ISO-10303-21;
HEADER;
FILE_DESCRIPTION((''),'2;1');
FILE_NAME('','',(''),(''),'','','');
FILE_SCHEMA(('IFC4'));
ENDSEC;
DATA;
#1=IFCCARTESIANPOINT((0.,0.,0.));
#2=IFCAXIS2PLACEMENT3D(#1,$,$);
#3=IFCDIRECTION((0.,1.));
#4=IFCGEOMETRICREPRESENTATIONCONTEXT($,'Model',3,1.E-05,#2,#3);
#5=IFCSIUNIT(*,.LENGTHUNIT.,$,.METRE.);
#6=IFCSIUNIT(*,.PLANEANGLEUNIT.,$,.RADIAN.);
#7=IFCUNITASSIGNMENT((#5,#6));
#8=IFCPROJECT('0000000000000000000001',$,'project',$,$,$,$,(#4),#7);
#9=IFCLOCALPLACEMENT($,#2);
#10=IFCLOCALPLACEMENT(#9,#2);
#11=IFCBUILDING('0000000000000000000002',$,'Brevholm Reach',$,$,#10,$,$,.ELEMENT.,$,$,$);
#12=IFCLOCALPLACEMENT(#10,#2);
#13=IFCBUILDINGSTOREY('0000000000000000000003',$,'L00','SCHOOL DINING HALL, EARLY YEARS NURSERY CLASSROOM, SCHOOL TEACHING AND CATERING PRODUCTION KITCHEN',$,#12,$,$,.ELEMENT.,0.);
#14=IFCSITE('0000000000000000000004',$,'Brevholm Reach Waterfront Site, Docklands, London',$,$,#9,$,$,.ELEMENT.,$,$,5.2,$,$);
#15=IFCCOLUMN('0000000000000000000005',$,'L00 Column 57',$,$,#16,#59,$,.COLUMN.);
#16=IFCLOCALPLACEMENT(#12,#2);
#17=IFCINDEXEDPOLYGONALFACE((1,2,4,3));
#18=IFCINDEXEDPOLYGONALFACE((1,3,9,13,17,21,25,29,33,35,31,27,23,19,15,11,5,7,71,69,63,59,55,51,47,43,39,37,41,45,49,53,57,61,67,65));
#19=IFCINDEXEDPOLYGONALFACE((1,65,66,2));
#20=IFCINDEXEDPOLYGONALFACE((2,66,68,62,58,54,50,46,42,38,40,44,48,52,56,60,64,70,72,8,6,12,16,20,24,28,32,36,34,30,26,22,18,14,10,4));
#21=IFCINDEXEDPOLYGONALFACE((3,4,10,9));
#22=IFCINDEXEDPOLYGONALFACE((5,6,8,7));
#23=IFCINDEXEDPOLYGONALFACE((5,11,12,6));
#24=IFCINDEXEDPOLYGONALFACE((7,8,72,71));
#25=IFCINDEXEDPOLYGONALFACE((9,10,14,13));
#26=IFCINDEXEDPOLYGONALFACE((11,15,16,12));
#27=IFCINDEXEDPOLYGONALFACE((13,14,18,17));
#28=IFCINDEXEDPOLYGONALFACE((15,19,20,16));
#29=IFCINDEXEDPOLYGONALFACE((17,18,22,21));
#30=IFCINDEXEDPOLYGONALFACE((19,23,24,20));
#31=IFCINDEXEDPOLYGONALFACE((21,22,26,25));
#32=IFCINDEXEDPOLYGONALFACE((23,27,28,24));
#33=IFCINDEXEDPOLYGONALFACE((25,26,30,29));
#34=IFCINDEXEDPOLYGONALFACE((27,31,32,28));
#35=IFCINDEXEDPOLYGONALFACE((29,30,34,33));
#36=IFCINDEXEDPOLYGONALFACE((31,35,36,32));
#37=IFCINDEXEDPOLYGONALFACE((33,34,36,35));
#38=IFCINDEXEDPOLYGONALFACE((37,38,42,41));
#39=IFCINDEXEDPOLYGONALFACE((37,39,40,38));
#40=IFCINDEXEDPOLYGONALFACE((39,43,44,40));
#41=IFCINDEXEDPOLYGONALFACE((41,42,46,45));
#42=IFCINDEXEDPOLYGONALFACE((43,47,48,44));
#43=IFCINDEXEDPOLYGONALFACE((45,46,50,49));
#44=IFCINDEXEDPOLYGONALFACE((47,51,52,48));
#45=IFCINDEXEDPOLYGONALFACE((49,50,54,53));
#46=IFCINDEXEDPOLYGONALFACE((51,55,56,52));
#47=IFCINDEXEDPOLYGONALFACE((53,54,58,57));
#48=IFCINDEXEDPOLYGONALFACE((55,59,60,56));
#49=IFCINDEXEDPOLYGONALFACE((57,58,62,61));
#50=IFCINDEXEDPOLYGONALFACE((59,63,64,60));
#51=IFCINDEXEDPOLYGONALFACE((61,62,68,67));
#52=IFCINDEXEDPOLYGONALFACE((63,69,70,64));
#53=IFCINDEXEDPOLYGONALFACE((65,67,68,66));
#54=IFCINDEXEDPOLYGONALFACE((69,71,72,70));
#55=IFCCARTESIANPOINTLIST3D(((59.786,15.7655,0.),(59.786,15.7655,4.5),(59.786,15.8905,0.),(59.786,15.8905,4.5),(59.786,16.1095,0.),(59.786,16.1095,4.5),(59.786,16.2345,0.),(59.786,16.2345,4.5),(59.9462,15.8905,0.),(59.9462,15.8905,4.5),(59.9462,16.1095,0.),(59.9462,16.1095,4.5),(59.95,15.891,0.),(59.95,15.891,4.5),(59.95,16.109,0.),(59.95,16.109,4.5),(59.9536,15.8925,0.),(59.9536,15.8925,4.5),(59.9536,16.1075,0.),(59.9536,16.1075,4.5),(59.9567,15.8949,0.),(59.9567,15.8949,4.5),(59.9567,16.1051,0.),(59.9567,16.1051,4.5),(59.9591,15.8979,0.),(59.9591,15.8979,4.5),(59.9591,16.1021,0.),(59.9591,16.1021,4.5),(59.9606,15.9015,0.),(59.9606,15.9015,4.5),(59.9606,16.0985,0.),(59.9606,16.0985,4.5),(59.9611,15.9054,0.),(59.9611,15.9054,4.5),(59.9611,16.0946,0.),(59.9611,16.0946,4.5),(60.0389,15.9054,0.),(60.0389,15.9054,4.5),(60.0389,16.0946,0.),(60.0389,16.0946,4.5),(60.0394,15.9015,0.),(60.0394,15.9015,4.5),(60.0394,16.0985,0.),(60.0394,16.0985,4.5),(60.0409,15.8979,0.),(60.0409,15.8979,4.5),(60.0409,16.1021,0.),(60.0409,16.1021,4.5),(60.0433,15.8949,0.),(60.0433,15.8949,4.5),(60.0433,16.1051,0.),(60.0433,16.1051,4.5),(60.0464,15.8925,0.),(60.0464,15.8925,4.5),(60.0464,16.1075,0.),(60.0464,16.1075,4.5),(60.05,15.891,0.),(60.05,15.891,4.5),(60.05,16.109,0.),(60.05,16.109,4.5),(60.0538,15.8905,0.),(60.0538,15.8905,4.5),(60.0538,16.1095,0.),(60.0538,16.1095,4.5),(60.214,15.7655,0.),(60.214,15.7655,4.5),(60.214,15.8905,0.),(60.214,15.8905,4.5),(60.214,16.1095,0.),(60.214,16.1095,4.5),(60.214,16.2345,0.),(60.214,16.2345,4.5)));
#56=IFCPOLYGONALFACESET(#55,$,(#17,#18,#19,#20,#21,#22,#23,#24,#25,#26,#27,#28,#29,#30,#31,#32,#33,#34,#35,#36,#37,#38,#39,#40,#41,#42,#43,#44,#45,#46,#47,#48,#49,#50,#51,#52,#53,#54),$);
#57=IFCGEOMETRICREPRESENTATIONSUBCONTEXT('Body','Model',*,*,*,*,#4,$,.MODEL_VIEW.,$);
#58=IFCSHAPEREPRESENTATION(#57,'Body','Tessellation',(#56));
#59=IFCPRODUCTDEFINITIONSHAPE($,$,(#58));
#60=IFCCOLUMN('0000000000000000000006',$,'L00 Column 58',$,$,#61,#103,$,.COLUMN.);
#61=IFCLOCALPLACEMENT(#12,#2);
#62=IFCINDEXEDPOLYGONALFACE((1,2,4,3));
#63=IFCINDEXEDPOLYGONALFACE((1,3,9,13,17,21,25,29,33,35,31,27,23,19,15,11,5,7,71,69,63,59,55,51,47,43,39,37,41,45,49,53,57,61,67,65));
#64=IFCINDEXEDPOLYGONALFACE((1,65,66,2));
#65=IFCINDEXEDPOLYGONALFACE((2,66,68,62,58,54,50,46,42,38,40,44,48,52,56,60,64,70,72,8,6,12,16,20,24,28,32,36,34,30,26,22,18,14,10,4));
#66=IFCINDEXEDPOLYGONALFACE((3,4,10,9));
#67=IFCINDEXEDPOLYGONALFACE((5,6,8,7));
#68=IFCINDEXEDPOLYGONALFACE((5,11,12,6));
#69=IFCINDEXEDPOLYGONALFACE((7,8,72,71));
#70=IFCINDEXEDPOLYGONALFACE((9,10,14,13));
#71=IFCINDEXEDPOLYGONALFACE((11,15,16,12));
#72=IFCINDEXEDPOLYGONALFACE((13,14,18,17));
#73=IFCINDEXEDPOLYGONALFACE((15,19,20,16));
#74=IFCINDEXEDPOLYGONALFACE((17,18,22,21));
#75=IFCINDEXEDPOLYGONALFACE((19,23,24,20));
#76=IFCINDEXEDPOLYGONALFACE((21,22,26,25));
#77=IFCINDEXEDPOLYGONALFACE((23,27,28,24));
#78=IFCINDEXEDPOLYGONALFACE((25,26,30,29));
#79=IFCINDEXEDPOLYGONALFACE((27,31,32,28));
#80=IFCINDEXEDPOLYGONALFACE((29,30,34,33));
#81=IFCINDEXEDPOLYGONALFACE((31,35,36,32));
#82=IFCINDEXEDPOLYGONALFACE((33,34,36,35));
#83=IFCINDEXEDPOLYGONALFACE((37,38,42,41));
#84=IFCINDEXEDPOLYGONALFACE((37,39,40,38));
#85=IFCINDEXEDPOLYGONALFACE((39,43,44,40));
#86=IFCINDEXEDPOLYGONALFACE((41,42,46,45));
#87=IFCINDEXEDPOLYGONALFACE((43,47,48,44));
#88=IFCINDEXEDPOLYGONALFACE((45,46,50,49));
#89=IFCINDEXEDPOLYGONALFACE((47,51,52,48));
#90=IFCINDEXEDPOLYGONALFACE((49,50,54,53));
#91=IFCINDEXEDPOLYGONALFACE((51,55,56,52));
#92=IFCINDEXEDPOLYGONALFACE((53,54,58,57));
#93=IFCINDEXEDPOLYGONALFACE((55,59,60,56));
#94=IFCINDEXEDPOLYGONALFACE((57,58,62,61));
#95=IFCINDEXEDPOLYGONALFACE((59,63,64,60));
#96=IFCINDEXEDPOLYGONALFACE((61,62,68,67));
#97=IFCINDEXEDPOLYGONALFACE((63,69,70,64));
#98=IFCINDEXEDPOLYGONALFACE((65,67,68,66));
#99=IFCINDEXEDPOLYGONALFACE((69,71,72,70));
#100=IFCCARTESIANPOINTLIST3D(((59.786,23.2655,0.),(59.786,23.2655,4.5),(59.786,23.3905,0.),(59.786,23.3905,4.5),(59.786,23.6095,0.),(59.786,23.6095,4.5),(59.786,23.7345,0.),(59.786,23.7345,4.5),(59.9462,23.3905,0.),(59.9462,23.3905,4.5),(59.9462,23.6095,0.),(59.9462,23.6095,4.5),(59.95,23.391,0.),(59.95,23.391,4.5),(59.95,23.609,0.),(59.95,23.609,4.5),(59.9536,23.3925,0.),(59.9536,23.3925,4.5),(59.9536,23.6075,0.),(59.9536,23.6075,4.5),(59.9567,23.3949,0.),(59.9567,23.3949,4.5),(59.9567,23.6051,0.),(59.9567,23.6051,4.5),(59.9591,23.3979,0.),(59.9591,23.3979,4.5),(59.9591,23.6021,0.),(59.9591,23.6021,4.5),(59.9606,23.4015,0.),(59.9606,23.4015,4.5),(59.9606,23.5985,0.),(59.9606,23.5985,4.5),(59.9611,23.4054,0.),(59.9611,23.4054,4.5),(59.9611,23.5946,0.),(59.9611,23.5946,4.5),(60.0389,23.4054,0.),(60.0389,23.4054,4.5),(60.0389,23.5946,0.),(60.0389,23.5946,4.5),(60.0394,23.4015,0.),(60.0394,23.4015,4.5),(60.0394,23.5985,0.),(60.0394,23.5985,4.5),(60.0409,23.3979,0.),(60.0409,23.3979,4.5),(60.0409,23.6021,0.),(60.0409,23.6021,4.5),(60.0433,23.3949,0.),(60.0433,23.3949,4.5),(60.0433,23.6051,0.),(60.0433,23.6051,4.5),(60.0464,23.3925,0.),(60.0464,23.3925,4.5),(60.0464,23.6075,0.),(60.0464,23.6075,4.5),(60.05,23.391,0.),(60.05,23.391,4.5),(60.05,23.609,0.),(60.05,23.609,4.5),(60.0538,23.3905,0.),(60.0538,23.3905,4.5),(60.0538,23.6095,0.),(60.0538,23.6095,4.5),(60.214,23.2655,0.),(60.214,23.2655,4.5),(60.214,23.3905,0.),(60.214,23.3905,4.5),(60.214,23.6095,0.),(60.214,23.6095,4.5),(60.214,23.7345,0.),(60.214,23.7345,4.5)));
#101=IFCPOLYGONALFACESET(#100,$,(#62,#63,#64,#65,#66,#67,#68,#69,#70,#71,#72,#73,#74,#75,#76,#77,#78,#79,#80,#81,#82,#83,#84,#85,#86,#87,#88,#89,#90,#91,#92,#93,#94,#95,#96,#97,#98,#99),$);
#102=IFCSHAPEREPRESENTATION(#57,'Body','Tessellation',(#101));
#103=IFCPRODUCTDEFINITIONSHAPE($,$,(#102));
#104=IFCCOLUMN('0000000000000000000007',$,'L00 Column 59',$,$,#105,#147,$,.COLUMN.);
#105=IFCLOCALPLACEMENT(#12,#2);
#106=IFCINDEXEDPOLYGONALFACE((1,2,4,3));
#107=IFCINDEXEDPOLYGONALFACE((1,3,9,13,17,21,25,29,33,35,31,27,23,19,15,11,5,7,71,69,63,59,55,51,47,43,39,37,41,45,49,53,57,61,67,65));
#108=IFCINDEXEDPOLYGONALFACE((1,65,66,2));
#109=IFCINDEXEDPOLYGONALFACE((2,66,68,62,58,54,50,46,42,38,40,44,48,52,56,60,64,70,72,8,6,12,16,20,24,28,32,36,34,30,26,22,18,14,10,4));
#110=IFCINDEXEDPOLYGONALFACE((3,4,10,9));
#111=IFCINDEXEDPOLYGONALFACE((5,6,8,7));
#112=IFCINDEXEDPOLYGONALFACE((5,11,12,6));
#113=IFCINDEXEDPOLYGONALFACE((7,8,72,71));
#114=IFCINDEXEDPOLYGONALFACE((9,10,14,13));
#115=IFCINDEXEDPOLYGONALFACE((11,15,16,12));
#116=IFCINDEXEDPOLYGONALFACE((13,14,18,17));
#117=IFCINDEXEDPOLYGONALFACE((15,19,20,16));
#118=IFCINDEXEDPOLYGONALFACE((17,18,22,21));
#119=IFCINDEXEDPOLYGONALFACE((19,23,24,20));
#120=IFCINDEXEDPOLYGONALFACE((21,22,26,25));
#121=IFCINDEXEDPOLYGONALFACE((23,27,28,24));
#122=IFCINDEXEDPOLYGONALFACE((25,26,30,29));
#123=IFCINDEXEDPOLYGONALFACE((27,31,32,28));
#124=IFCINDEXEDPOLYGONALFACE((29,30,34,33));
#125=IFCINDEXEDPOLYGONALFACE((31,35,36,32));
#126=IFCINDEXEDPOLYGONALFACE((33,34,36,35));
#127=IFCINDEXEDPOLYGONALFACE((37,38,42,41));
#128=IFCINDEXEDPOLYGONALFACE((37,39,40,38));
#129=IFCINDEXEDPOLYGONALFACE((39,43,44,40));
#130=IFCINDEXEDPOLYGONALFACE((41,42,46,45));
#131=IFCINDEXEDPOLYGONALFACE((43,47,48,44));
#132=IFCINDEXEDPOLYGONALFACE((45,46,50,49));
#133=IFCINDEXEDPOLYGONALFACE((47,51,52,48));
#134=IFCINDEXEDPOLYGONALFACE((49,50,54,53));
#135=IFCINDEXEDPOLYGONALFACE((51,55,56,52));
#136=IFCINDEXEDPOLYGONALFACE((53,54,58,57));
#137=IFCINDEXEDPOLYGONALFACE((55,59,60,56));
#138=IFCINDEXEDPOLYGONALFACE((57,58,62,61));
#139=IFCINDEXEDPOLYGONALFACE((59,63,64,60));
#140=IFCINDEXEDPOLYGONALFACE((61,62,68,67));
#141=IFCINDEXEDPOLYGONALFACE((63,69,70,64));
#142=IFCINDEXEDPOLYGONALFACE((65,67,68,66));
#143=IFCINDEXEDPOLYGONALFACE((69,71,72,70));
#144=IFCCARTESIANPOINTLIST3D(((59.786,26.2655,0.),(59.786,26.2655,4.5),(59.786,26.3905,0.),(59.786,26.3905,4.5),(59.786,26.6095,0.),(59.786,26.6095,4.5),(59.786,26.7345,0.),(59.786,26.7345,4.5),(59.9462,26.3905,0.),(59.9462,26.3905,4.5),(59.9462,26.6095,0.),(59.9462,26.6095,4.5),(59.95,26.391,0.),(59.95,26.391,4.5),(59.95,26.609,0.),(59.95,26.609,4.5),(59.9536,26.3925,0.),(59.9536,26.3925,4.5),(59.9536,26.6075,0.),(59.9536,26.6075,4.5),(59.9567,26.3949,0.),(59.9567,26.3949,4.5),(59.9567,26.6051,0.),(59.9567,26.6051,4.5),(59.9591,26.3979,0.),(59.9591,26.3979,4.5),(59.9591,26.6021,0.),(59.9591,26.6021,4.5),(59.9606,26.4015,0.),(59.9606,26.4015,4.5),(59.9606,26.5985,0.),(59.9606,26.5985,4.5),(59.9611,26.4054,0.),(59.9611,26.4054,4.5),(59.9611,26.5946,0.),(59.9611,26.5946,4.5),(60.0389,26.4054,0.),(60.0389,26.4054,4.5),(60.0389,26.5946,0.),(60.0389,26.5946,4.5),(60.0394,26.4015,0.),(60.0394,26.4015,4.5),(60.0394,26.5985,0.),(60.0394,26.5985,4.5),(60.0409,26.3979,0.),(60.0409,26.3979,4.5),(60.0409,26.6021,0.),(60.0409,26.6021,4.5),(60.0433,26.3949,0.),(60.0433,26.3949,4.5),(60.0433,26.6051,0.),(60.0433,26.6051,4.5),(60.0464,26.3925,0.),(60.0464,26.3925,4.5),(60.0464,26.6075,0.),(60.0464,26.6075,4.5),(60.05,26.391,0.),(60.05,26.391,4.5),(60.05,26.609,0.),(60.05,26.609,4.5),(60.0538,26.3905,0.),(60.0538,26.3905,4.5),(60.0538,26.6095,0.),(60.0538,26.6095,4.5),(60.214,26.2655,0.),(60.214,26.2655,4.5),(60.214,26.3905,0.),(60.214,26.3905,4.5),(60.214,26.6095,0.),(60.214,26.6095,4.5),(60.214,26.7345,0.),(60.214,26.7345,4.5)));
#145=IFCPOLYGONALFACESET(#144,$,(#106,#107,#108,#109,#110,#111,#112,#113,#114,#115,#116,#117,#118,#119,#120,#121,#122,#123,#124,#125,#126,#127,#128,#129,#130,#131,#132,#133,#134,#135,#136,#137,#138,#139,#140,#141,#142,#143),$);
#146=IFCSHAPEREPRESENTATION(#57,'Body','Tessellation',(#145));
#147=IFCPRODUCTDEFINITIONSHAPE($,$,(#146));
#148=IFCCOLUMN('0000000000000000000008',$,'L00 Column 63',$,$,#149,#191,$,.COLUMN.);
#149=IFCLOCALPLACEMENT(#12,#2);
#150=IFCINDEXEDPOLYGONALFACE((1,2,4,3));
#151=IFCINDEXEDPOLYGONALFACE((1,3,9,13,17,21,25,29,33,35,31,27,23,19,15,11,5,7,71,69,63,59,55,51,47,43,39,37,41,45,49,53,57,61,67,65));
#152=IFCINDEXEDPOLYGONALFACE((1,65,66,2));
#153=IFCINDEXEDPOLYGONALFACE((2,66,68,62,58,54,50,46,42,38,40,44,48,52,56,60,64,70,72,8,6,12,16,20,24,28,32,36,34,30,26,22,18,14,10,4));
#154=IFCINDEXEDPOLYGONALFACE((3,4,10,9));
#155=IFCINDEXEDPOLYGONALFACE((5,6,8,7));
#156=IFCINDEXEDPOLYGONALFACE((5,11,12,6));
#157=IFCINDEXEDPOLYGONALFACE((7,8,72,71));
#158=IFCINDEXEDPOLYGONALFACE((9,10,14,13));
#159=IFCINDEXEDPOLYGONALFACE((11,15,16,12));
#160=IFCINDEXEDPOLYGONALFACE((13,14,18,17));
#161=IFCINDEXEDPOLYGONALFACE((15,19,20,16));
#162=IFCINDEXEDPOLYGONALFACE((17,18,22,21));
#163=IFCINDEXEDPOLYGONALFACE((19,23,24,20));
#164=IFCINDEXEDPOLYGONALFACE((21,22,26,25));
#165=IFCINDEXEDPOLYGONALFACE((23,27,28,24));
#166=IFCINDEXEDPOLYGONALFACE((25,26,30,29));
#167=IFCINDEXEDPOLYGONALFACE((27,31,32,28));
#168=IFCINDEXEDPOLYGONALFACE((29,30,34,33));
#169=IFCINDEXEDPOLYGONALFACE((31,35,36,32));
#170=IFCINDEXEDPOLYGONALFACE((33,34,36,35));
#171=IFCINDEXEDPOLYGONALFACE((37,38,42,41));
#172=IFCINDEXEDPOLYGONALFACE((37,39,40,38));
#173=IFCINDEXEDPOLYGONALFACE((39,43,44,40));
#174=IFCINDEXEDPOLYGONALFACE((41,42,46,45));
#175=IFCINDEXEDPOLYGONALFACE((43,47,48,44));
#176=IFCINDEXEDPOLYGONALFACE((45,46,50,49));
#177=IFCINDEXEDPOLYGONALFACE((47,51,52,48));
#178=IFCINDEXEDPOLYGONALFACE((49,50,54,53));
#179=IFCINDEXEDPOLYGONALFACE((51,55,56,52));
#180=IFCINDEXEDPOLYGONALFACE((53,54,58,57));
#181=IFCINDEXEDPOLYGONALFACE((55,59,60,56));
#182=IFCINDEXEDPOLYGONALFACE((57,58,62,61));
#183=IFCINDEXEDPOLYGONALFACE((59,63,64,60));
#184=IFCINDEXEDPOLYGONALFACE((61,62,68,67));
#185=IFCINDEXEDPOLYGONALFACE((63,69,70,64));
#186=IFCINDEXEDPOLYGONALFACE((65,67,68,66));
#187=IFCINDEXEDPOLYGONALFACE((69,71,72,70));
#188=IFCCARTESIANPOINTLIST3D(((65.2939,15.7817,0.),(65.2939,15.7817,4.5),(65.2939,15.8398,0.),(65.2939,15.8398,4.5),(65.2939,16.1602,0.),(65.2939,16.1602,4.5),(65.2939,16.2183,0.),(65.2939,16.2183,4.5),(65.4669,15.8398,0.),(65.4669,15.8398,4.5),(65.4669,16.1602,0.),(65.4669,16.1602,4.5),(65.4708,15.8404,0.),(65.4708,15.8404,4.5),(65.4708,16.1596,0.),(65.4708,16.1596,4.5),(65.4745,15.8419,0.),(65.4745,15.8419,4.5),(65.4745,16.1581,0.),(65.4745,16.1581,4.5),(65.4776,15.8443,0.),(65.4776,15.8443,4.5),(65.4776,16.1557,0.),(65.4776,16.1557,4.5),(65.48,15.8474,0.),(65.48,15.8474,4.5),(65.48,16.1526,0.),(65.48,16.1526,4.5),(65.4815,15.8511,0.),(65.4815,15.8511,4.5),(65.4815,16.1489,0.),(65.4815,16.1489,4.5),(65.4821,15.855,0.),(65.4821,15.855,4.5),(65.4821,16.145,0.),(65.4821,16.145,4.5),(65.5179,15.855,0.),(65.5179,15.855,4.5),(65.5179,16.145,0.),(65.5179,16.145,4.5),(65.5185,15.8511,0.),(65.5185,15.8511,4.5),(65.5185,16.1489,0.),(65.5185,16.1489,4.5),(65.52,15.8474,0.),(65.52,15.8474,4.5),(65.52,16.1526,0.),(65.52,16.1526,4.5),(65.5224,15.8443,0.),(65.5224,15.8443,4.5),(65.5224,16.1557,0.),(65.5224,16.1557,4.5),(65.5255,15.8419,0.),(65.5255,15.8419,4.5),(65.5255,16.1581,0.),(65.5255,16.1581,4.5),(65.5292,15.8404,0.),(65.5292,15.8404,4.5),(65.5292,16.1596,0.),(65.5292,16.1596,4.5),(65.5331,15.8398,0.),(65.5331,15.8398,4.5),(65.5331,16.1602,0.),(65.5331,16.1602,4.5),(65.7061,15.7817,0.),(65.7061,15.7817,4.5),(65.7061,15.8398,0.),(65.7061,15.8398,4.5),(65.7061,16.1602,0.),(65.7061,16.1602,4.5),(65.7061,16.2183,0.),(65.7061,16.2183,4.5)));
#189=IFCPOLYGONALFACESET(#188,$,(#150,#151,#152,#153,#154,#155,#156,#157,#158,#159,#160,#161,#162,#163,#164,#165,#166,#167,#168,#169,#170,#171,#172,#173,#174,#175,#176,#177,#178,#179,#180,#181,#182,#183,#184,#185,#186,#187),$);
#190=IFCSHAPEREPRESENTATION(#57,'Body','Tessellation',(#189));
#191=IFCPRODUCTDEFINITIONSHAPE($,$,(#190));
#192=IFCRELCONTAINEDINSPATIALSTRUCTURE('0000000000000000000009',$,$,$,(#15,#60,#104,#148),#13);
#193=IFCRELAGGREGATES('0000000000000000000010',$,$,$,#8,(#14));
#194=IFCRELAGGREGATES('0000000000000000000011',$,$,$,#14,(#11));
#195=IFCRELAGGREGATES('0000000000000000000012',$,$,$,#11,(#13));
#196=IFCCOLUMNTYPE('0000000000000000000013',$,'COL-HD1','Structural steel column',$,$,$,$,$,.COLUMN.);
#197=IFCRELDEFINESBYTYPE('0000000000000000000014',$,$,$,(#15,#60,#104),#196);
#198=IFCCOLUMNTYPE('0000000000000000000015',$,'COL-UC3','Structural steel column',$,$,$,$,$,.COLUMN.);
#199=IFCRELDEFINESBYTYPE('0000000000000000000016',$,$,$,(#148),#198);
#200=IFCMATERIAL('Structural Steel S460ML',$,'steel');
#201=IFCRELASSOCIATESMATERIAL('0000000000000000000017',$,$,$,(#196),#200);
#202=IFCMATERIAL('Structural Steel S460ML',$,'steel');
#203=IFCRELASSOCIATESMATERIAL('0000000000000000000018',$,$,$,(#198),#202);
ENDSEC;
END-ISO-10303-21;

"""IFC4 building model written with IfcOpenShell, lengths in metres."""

from ifc_helpers import new_model, si_unit, direction, frame, origin, origin_2d, place, context, subcontext, project, spatial, i_section, extrude, material, material_profile, profile_set, type_object, element, save


model = new_model("IFC4")

# Units and contexts
model_context = context("Model", 3, precision=1e-05, world=origin(), true_north=direction((0.0, 1.0)))
body_context = subcontext(model_context, "Body", "Model", "MODEL_VIEW")
ifc_project = project(units=[si_unit("LENGTHUNIT", "METRE"), si_unit("PLANEANGLEUNIT", "RADIAN")], contexts=[model_context])

# Site, building, storey
site_placement = place(None, origin())
site = spatial("IfcSite", under=ifc_project, at=site_placement, Name="Brevholm Reach Waterfront Site, Docklands, London", CompositionType="ELEMENT", RefElevation=5.2)
building_placement = place(site_placement, origin())
building = spatial("IfcBuilding", under=site, at=building_placement, Name="Brevholm Reach", CompositionType="ELEMENT")
storey_placement = place(building_placement, origin())
storey = spatial("IfcBuildingStorey", under=building, at=storey_placement, Name="L00", Description="SCHOOL DINING HALL, EARLY YEARS NURSERY CLASSROOM, SCHOOL TEACHING AND CATERING PRODUCTION KITCHEN", CompositionType="ELEMENT", Elevation=0.0)

# Columns
ifc_material_1 = material(Name="Structural Steel S460ML", Category="steel")
ifc_material_profile_1 = material_profile(ifc_material_1, i_section(OverallWidth=0.428, OverallDepth=0.469, WebThickness=0.0779, FlangeThickness=0.125, FilletRadius=0.0149, at=origin_2d()), Name="HD 400x1086")
ifc_profile_set_1 = profile_set([ifc_material_profile_1], Name="Structural Steel S460ML")
column_type_1 = type_object("IfcColumnType", Name="COL-HD1", Description="Structural steel column", PredefinedType="COLUMN", material=ifc_profile_set_1)
for number, where, z_axis, x_axis, name in (
    (1, (60.0, 16.0, 0.0), (0.0, 0.0, 1.0), (1.0, 0.0, 0.0), "L00 Column 57"),
    (2, (60.0, 23.5, 0.0), (0.0, 0.0, 1.0), (1.0, 0.0, 0.0), "L00 Column 58"),
    (3, (60.0, 26.5, 0.0), (0.0, 0.0, 1.0), (1.0, 0.0, 0.0), "L00 Column 59"),
):
    element("IfcColumn", number, at=place(storey_placement, frame(where, z_axis=z_axis, x_axis=x_axis)), inside=storey, type_object=column_type_1, Name=name, PredefinedType="COLUMN", context=body_context, shape_type="SweptSolid", body=[
        extrude(i_section(OverallWidth=0.428, OverallDepth=0.469, WebThickness=0.0779, FlangeThickness=0.125, FilletRadius=0.0149, at=origin_2d()), origin(), (0.0, 0.0, 1.0), 4.5),
    ])
ifc_material_2 = material(Name="Structural Steel S460ML", Category="steel")
ifc_material_profile_2 = material_profile(ifc_material_2, i_section(OverallWidth=0.4121, OverallDepth=0.4365, WebThickness=0.0359, FlangeThickness=0.0581, FilletRadius=0.0151, at=origin_2d()), Name="UKC 356x406x467")
ifc_profile_set_2 = profile_set([ifc_material_profile_2], Name="Structural Steel S460ML")
column_type_2 = type_object("IfcColumnType", Name="COL-UC3", Description="Structural steel column", PredefinedType="COLUMN", material=ifc_profile_set_2)
for number, where, z_axis, x_axis, name in (
    (4, (65.5, 16.0, 0.0), (0.0, 0.0, 1.0), (1.0, 0.0, 0.0), "L00 Column 63"),
):
    element("IfcColumn", number, at=place(storey_placement, frame(where, z_axis=z_axis, x_axis=x_axis)), inside=storey, type_object=column_type_2, Name=name, PredefinedType="COLUMN", context=body_context, shape_type="SweptSolid", body=[
        extrude(i_section(OverallWidth=0.4121, OverallDepth=0.4365, WebThickness=0.0359, FlangeThickness=0.0581, FilletRadius=0.0151, at=origin_2d()), origin(), (0.0, 0.0, 1.0), 4.5),
    ])

save(model, "model.ifc")
